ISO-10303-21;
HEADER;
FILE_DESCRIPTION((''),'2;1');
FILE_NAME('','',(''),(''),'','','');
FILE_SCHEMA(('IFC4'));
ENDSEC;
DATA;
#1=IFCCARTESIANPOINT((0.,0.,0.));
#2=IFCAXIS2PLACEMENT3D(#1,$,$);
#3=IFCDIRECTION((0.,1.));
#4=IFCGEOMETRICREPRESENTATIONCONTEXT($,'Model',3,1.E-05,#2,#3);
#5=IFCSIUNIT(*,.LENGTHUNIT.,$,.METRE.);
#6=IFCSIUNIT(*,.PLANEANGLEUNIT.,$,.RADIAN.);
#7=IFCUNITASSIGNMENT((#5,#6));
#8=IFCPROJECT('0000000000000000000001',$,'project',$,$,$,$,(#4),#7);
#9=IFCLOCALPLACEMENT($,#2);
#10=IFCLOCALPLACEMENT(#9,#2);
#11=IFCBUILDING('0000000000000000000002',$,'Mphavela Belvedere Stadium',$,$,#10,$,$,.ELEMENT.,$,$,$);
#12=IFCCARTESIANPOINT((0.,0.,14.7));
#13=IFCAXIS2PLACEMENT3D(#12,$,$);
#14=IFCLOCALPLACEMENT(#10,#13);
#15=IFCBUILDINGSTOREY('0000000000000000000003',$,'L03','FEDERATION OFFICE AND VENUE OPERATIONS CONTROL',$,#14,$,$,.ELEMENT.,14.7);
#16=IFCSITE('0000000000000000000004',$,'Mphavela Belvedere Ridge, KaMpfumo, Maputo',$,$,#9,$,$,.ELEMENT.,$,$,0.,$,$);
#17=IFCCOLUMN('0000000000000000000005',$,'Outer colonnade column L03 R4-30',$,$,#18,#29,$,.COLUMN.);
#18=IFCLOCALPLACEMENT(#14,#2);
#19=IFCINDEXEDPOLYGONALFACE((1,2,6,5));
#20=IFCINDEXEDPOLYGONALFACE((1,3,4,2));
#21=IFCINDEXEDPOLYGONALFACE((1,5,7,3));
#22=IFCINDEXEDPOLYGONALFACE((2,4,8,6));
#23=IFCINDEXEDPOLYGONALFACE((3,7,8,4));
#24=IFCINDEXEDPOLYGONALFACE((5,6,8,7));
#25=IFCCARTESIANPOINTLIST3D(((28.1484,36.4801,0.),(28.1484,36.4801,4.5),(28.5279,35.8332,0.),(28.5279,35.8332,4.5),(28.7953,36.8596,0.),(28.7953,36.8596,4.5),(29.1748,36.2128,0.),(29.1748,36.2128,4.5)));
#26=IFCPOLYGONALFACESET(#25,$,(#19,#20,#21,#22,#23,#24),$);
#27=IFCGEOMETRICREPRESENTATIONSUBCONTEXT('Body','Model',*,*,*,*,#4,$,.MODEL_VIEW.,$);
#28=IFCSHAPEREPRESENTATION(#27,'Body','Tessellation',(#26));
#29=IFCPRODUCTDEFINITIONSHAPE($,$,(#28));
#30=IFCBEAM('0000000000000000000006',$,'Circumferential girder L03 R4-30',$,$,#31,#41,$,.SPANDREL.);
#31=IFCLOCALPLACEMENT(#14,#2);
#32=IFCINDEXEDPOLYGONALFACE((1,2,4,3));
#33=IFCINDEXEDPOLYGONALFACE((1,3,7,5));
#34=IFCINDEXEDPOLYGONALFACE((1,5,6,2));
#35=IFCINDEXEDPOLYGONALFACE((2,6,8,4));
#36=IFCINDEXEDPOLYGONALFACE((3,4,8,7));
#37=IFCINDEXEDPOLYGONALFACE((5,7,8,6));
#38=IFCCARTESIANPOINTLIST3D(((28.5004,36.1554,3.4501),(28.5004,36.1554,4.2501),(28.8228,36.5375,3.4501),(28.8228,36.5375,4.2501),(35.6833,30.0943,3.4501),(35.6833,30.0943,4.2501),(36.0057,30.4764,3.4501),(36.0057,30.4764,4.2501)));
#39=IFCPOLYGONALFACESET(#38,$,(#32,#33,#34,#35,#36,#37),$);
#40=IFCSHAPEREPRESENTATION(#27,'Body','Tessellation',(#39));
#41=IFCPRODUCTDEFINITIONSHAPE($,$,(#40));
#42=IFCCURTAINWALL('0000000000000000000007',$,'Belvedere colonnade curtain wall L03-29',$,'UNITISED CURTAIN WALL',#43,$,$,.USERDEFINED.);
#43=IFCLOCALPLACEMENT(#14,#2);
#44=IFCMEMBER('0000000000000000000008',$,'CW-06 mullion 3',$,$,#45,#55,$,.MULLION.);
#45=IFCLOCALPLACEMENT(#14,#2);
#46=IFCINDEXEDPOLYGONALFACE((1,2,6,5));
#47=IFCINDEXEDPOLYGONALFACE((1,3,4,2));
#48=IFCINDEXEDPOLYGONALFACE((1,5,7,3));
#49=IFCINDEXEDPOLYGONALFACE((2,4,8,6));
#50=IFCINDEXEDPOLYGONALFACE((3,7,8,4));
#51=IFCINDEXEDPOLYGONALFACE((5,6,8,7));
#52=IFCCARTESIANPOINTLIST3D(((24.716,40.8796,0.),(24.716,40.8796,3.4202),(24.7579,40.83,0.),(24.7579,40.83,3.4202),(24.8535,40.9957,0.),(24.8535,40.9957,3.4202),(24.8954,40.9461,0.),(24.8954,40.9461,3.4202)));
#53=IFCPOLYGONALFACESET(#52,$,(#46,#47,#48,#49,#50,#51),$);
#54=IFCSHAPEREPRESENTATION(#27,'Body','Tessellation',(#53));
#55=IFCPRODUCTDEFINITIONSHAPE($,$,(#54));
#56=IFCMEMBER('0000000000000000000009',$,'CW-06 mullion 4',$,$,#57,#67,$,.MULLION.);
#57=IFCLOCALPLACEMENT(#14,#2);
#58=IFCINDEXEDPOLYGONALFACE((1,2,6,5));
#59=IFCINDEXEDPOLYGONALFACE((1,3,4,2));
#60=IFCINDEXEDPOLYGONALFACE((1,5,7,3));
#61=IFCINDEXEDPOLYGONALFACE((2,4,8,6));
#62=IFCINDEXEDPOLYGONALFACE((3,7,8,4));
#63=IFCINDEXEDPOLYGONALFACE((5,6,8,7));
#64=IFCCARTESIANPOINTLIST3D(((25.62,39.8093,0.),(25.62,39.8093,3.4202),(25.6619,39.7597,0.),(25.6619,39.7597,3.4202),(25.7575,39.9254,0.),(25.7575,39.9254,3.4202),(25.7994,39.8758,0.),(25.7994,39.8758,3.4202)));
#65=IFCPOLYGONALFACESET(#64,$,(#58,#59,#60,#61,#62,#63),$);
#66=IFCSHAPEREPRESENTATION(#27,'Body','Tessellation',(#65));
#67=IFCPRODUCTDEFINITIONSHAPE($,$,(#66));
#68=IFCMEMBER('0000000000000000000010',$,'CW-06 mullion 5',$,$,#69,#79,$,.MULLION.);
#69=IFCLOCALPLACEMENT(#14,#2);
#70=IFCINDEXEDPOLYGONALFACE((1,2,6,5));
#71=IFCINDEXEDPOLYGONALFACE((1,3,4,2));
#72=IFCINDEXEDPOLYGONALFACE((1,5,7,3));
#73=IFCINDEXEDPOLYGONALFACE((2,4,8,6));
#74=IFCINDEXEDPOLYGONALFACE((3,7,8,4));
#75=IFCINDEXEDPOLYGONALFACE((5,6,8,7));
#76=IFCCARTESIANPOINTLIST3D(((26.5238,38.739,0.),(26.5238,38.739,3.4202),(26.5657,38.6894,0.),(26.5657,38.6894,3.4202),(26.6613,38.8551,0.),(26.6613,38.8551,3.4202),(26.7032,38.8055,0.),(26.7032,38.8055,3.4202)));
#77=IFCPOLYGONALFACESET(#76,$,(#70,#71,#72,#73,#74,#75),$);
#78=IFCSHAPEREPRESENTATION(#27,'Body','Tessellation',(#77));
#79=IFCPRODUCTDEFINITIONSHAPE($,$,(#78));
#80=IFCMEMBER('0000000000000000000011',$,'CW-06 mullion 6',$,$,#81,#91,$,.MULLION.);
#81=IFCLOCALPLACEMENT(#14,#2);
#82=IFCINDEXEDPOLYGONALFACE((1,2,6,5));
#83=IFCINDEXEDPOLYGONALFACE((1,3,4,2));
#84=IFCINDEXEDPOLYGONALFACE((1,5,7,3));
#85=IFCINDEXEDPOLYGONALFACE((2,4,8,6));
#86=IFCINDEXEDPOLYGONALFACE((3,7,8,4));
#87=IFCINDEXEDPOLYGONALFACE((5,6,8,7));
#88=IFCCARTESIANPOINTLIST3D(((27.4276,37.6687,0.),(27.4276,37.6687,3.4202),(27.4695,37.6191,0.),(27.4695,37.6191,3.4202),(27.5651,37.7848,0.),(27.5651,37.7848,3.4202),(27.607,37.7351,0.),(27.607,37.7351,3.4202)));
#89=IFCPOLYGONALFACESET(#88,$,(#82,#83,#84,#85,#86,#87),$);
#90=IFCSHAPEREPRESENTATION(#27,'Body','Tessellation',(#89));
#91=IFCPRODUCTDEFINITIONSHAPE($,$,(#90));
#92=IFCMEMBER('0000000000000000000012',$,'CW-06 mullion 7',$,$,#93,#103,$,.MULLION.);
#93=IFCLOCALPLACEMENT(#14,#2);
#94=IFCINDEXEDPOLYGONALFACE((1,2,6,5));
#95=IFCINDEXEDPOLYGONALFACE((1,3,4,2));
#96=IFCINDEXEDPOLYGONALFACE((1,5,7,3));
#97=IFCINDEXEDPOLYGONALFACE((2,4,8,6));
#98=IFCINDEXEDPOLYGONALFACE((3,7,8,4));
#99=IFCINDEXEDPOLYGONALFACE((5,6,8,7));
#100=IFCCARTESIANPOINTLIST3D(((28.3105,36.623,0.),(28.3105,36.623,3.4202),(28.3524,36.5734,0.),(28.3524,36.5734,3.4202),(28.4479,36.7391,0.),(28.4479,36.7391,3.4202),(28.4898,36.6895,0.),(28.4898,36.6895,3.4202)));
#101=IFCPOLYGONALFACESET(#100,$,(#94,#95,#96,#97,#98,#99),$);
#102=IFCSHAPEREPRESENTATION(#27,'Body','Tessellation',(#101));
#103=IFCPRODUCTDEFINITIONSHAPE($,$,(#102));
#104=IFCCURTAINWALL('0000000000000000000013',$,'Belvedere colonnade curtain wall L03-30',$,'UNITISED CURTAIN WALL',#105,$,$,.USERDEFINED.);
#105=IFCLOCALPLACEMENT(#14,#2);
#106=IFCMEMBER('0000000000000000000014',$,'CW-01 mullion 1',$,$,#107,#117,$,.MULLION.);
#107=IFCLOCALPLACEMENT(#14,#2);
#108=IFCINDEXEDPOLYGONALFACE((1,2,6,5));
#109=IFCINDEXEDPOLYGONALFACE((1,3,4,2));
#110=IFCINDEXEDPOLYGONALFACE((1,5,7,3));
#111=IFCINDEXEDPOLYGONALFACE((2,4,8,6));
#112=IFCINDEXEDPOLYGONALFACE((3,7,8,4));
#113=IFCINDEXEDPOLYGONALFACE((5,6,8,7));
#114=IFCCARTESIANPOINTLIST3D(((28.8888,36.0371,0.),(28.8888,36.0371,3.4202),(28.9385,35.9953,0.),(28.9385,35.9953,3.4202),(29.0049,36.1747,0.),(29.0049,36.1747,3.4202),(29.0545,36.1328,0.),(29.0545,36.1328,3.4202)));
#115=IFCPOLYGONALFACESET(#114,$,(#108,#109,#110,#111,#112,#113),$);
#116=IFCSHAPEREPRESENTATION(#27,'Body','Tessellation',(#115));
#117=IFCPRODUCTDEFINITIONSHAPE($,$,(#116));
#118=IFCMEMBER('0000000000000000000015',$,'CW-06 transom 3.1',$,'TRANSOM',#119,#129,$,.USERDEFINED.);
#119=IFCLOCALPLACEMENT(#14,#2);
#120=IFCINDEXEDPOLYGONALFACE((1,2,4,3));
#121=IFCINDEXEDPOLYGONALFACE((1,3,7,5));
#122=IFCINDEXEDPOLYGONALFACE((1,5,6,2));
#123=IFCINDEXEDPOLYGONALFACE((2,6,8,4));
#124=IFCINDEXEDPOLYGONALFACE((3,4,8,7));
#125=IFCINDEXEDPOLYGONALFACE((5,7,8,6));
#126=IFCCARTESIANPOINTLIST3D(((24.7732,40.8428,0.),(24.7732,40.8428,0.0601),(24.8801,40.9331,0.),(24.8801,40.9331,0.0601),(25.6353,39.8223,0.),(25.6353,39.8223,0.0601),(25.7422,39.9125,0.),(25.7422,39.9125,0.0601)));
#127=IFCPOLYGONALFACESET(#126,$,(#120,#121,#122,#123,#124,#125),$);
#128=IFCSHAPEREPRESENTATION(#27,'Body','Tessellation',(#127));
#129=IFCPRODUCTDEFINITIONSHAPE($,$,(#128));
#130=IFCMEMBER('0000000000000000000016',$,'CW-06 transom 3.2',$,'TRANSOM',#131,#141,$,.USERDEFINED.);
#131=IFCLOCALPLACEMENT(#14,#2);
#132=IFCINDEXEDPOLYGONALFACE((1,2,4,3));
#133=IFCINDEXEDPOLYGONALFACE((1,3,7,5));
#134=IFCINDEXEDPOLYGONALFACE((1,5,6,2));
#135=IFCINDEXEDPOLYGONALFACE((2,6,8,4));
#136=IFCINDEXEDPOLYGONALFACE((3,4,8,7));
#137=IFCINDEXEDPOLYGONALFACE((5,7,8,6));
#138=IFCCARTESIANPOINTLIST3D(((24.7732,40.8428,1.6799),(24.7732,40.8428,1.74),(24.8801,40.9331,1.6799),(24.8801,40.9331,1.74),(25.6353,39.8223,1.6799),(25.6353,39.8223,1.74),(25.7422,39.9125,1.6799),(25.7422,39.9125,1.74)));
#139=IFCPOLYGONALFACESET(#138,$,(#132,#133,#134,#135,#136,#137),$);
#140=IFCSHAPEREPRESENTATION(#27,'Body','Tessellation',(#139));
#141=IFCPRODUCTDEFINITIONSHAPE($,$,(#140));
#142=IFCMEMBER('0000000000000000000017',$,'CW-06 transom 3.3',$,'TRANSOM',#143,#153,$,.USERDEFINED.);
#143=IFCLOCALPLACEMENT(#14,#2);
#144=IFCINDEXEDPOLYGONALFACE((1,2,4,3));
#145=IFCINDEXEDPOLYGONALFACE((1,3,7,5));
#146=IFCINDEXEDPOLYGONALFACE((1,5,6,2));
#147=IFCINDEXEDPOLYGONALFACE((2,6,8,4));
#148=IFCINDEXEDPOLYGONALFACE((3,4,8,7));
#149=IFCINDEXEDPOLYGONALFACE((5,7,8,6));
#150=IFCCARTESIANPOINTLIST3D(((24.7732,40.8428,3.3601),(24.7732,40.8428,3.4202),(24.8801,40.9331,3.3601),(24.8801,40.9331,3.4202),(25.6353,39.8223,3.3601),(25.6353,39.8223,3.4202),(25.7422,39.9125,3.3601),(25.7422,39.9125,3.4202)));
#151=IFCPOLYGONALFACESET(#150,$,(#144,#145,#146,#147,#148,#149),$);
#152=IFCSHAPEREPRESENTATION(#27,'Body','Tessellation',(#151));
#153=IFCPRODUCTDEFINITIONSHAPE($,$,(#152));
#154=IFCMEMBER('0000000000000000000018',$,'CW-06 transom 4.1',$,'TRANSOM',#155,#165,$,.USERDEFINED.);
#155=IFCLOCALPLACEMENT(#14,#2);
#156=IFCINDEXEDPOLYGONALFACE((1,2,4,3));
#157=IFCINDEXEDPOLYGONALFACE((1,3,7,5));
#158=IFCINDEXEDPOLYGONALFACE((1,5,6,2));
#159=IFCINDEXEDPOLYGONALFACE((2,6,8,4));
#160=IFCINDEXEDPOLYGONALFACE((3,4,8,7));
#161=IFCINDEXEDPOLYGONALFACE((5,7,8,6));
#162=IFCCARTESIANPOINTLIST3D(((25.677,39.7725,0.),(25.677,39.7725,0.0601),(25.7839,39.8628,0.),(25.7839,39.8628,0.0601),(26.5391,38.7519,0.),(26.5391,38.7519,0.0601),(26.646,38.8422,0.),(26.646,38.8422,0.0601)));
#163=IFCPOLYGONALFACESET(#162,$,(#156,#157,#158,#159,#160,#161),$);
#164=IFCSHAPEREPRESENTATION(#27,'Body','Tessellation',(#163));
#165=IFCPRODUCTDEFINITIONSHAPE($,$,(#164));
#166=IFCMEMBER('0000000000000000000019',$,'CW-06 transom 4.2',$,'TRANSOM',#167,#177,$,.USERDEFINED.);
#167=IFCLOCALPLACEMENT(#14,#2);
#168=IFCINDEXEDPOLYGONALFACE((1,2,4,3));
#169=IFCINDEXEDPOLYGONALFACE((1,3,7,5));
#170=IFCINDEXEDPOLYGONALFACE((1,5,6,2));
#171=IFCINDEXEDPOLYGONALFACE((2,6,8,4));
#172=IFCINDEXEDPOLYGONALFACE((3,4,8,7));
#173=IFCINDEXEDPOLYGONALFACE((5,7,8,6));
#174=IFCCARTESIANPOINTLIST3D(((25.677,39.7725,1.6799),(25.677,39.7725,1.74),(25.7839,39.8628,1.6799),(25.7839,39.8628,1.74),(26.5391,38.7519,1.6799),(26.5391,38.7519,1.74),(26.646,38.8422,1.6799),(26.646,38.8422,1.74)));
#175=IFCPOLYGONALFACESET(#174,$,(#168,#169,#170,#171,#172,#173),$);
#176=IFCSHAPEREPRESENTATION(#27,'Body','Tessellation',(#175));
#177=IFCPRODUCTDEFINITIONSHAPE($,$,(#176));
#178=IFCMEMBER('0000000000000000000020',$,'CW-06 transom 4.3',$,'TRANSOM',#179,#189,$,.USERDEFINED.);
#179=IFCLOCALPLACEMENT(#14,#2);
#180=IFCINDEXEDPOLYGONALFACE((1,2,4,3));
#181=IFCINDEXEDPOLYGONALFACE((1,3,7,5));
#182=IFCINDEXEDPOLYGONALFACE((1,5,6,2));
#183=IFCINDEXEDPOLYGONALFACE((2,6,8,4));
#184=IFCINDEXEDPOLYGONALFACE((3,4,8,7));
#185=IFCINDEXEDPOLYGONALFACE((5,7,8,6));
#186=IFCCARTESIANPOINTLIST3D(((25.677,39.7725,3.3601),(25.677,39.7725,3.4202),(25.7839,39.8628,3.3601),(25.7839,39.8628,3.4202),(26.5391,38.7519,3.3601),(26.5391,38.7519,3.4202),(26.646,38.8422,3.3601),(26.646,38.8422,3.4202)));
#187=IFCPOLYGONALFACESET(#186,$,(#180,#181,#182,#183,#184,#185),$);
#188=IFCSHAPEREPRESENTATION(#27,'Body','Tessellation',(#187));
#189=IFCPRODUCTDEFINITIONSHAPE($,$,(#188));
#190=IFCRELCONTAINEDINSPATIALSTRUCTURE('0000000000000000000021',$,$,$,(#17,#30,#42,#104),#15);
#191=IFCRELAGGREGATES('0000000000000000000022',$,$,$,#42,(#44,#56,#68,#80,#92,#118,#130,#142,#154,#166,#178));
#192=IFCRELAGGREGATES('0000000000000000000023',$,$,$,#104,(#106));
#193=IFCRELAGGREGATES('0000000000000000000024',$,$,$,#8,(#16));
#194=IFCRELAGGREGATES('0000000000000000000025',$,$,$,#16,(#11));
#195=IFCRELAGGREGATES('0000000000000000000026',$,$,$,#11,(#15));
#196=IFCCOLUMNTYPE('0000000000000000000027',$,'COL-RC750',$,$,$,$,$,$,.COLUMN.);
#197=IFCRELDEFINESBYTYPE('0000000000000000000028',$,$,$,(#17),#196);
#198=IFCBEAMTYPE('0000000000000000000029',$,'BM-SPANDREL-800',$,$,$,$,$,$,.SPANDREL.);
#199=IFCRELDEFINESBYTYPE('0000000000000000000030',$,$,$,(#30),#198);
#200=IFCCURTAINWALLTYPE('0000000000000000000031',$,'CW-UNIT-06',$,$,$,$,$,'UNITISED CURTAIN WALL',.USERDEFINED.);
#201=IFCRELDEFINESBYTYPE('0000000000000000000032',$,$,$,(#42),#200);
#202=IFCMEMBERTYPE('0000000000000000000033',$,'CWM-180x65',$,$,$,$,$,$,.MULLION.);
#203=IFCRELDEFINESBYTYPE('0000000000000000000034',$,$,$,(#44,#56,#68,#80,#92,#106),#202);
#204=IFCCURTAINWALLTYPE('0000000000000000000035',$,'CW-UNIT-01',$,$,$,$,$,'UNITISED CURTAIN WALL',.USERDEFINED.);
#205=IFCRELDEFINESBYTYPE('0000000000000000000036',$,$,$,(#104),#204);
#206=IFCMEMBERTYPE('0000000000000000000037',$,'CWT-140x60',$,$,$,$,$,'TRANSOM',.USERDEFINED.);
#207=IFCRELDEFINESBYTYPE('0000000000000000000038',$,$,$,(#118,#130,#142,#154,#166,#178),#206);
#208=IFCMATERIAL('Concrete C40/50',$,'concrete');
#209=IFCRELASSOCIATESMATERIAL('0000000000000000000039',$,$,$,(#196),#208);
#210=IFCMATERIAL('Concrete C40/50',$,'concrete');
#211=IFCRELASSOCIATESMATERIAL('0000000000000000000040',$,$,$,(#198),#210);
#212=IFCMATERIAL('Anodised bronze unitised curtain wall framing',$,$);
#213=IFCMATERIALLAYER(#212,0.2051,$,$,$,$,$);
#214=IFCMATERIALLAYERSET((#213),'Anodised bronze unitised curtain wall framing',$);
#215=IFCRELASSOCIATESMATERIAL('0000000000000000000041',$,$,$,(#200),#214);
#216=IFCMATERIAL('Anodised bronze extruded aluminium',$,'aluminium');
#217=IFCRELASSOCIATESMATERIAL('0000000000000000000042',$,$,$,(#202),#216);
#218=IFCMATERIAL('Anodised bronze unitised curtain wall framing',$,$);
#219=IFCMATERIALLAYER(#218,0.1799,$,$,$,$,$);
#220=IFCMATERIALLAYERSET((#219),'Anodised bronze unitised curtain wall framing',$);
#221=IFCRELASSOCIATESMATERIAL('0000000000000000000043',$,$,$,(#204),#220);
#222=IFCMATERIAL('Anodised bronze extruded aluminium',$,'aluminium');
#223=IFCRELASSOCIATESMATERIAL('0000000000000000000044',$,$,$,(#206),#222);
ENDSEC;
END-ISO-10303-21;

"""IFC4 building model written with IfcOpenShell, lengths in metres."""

from ifc_helpers import new_model, si_unit, direction, frame, origin, origin_2d, place, context, subcontext, project, spatial, rectangle, extrude, material, layer, layer_set, material_profile, profile_set, type_object, element, aggregate, save


model = new_model("IFC4")

# Units and contexts
model_context = context("Model", 3, precision=1e-05, world=origin(), true_north=direction((0.0, 1.0)))
body_context = subcontext(model_context, "Body", "Model", "MODEL_VIEW")
ifc_project = project(units=[si_unit("LENGTHUNIT", "METRE"), si_unit("PLANEANGLEUNIT", "RADIAN")], contexts=[model_context])

# Site, building, storey
site_placement = place(None, origin())
site = spatial("IfcSite", under=ifc_project, at=site_placement, Name="Mphavela Belvedere Ridge, KaMpfumo, Maputo", CompositionType="ELEMENT", RefElevation=0.0)
building_placement = place(site_placement, origin())
building = spatial("IfcBuilding", under=site, at=building_placement, Name="Mphavela Belvedere Stadium", CompositionType="ELEMENT")
storey_placement = place(building_placement, frame((0.0, 0.0, 14.7)))
storey = spatial("IfcBuildingStorey", under=building, at=storey_placement, Name="L03", Description="FEDERATION OFFICE AND VENUE OPERATIONS CONTROL", CompositionType="ELEMENT", Elevation=14.7)

# Column
ifc_material_1 = material(Name="Concrete C40/50", Category="concrete")
ifc_material_profile_1 = material_profile(ifc_material_1, rectangle(XDim=0.75, YDim=0.75, at=origin_2d()), Name="RC 750x750")
ifc_profile_set_1 = profile_set([ifc_material_profile_1], Name="Concrete C40/50")
column_type = type_object("IfcColumnType", Name="COL-RC750", PredefinedType="COLUMN", material=ifc_profile_set_1)
column_placement = place(storey_placement, frame((28.6616, 36.3464, 0.0), z_axis=(0.0, 0.0, 1.0), x_axis=(-0.862514, -0.506034, 0.0)))
element("IfcColumn", 1, at=column_placement, inside=storey, type_object=column_type, Name="Outer colonnade column L03 R4-30", PredefinedType="COLUMN", context=body_context, shape_type="SweptSolid", body=[
    extrude(rectangle(XDim=0.75, YDim=0.75, at=origin_2d()), origin(), (0.0, 0.0, 1.0), 4.5),
])

# Beam
ifc_material_2 = material(Name="Concrete C40/50", Category="concrete")
ifc_material_profile_2 = material_profile(ifc_material_2, rectangle(XDim=0.5, YDim=0.8, at=origin_2d()), Name="RC 500x800")
ifc_profile_set_2 = profile_set([ifc_material_profile_2], Name="Concrete C40/50")
beam_type = type_object("IfcBeamType", Name="BM-SPANDREL-800", PredefinedType="SPANDREL", material=ifc_profile_set_2)
beam_placement = place(storey_placement, frame((28.6616, 36.3464, 3.8501), z_axis=(0.764265, -0.644902, 0.0), x_axis=(0.644902, 0.764265, 0.0)))
element("IfcBeam", 2, at=beam_placement, inside=storey, type_object=beam_type, Name="Circumferential girder L03 R4-30", PredefinedType="SPANDREL", context=body_context, shape_type="SweptSolid", body=[
    extrude(rectangle(XDim=0.5, YDim=0.8, at=origin_2d()), origin(), (0.0, 0.0, 1.0), 9.3984),
])

# Curtain wall, members
ifc_material_3 = material(Name="Anodised bronze unitised curtain wall framing")
ifc_layer_1 = layer(ifc_material_3, 0.2051)
ifc_layer_set_1 = layer_set([ifc_layer_1], Name="Anodised bronze unitised curtain wall framing")
curtain_wall_type_1 = type_object("IfcCurtainWallType", Name="CW-UNIT-06", ElementType="UNITISED CURTAIN WALL", PredefinedType="USERDEFINED", material=ifc_layer_set_1)
curtain_wall_1_placement = place(storey_placement, origin())
curtain_wall_1 = element("IfcCurtainWall", 3, at=curtain_wall_1_placement, inside=storey, type_object=curtain_wall_type_1, Name="Belvedere colonnade curtain wall L03-29", ObjectType="UNITISED CURTAIN WALL", PredefinedType="USERDEFINED")
ifc_material_4 = material(Name="Anodised bronze extruded aluminium", Category="aluminium")
ifc_material_profile_3 = material_profile(ifc_material_4, rectangle(XDim=0.1799, YDim=0.0649, at=origin_2d()), Name="CW-MUL 180x65")
ifc_profile_set_3 = profile_set([ifc_material_profile_3], Name="Anodised bronze extruded aluminium")
member_type_1 = type_object("IfcMemberType", Name="CWM-180x65", PredefinedType="MULLION", material=ifc_profile_set_3)
member_1_placement = place(storey_placement, frame((24.8057, 40.9128, 0.0), z_axis=(0.0, 0.0, 1.0), x_axis=(0.764031, 0.645179, 0.0)))
member_1 = element("IfcMember", 4, at=member_1_placement, type_object=member_type_1, Name="CW-06 mullion 3", PredefinedType="MULLION", context=body_context, shape_type="SweptSolid", body=[
    extrude(rectangle(XDim=0.1799, YDim=0.0649, at=origin_2d()), origin(), (0.0, 0.0, 1.0), 3.4202),
])
member_2_placement = place(storey_placement, frame((25.7097, 39.8425, 0.0), z_axis=(0.0, 0.0, 1.0), x_axis=(0.764031, 0.645179, 0.0)))
member_2 = element("IfcMember", 5, at=member_2_placement, type_object=member_type_1, Name="CW-06 mullion 4", PredefinedType="MULLION", context=body_context, shape_type="SweptSolid", body=[
    extrude(rectangle(XDim=0.1799, YDim=0.0649, at=origin_2d()), origin(), (0.0, 0.0, 1.0), 3.4202),
])
member_3_placement = place(storey_placement, frame((26.6135, 38.7722, 0.0), z_axis=(0.0, 0.0, 1.0), x_axis=(0.764031, 0.645179, 0.0)))
member_3 = element("IfcMember", 6, at=member_3_placement, type_object=member_type_1, Name="CW-06 mullion 5", PredefinedType="MULLION", context=body_context, shape_type="SweptSolid", body=[
    extrude(rectangle(XDim=0.1799, YDim=0.0649, at=origin_2d()), origin(), (0.0, 0.0, 1.0), 3.4202),
])
member_4_placement = place(storey_placement, frame((27.5173, 37.7019, 0.0), z_axis=(0.0, 0.0, 1.0), x_axis=(0.764031, 0.645179, 0.0)))
member_4 = element("IfcMember", 7, at=member_4_placement, type_object=member_type_1, Name="CW-06 mullion 6", PredefinedType="MULLION", context=body_context, shape_type="SweptSolid", body=[
    extrude(rectangle(XDim=0.1799, YDim=0.0649, at=origin_2d()), origin(), (0.0, 0.0, 1.0), 3.4202),
])
member_5_placement = place(storey_placement, frame((28.4001, 36.6562, 0.0), z_axis=(0.0, 0.0, 1.0), x_axis=(0.764031, 0.645179, 0.0)))
member_5 = element("IfcMember", 8, at=member_5_placement, type_object=member_type_1, Name="CW-06 mullion 7", PredefinedType="MULLION", context=body_context, shape_type="SweptSolid", body=[
    extrude(rectangle(XDim=0.1799, YDim=0.0649, at=origin_2d()), origin(), (0.0, 0.0, 1.0), 3.4202),
])

# Curtain wall, member
ifc_material_5 = material(Name="Anodised bronze unitised curtain wall framing")
ifc_layer_2 = layer(ifc_material_5, 0.1799)
ifc_layer_set_2 = layer_set([ifc_layer_2], Name="Anodised bronze unitised curtain wall framing")
curtain_wall_type_2 = type_object("IfcCurtainWallType", Name="CW-UNIT-01", ElementType="UNITISED CURTAIN WALL", PredefinedType="USERDEFINED", material=ifc_layer_set_2)
curtain_wall_2_placement = place(storey_placement, origin())
curtain_wall_2 = element("IfcCurtainWall", 9, at=curtain_wall_2_placement, inside=storey, type_object=curtain_wall_type_2, Name="Belvedere colonnade curtain wall L03-30", ObjectType="UNITISED CURTAIN WALL", PredefinedType="USERDEFINED")
member_6_placement = place(storey_placement, frame((28.9717, 36.085, 0.0), z_axis=(0.0, 0.0, 1.0), x_axis=(0.644905, 0.764263, 0.0)))
member_6 = element("IfcMember", 10, at=member_6_placement, type_object=member_type_1, Name="CW-01 mullion 1", PredefinedType="MULLION", context=body_context, shape_type="SweptSolid", body=[
    extrude(rectangle(XDim=0.1799, YDim=0.0649, at=origin_2d()), origin(), (0.0, 0.0, 1.0), 3.4202),
])

# Members
ifc_material_6 = material(Name="Anodised bronze extruded aluminium", Category="aluminium")
ifc_material_profile_4 = material_profile(ifc_material_6, rectangle(XDim=0.1399, YDim=0.0601, at=origin_2d()), Name="CW-TRN 140x60")
ifc_profile_set_4 = profile_set([ifc_material_profile_4], Name="Anodised bronze extruded aluminium")
member_type_2 = type_object("IfcMemberType", Name="CWT-140x60", ElementType="TRANSOM", PredefinedType="USERDEFINED", material=ifc_profile_set_4)
member_7_placement = place(storey_placement, frame((24.8267, 40.8879, 0.03), z_axis=(0.645311, -0.76392, 0.0), x_axis=(0.76392, 0.645311, 0.0)))
member_7 = element("IfcMember", 11, at=member_7_placement, type_object=member_type_2, Name="CW-06 transom 3.1", ObjectType="TRANSOM", PredefinedType="USERDEFINED", context=body_context, shape_type="SweptSolid", body=[
    extrude(rectangle(XDim=0.1399, YDim=0.0601, at=origin_2d()), origin(), (0.0, 0.0, 1.0), 1.3359),
])
member_8_placement = place(storey_placement, frame((24.8267, 40.8879, 1.71), z_axis=(0.645311, -0.76392, 0.0), x_axis=(0.76392, 0.645311, 0.0)))
member_8 = element("IfcMember", 12, at=member_8_placement, type_object=member_type_2, Name="CW-06 transom 3.2", ObjectType="TRANSOM", PredefinedType="USERDEFINED", context=body_context, shape_type="SweptSolid", body=[
    extrude(rectangle(XDim=0.1399, YDim=0.0601, at=origin_2d()), origin(), (0.0, 0.0, 1.0), 1.3359),
])
member_9_placement = place(storey_placement, frame((24.8267, 40.8879, 3.3901), z_axis=(0.645311, -0.76392, 0.0), x_axis=(0.76392, 0.645311, 0.0)))
member_9 = element("IfcMember", 13, at=member_9_placement, type_object=member_type_2, Name="CW-06 transom 3.3", ObjectType="TRANSOM", PredefinedType="USERDEFINED", context=body_context, shape_type="SweptSolid", body=[
    extrude(rectangle(XDim=0.1399, YDim=0.0601, at=origin_2d()), origin(), (0.0, 0.0, 1.0), 1.3359),
])
member_10_placement = place(storey_placement, frame((25.7305, 39.8176, 0.03), z_axis=(0.645311, -0.76392, 0.0), x_axis=(0.76392, 0.645311, 0.0)))
member_10 = element("IfcMember", 14, at=member_10_placement, type_object=member_type_2, Name="CW-06 transom 4.1", ObjectType="TRANSOM", PredefinedType="USERDEFINED", context=body_context, shape_type="SweptSolid", body=[
    extrude(rectangle(XDim=0.1399, YDim=0.0601, at=origin_2d()), origin(), (0.0, 0.0, 1.0), 1.3359),
])
member_11_placement = place(storey_placement, frame((25.7305, 39.8176, 1.71), z_axis=(0.645311, -0.76392, 0.0), x_axis=(0.76392, 0.645311, 0.0)))
member_11 = element("IfcMember", 15, at=member_11_placement, type_object=member_type_2, Name="CW-06 transom 4.2", ObjectType="TRANSOM", PredefinedType="USERDEFINED", context=body_context, shape_type="SweptSolid", body=[
    extrude(rectangle(XDim=0.1399, YDim=0.0601, at=origin_2d()), origin(), (0.0, 0.0, 1.0), 1.3359),
])
member_12_placement = place(storey_placement, frame((25.7305, 39.8176, 3.3901), z_axis=(0.645311, -0.76392, 0.0), x_axis=(0.76392, 0.645311, 0.0)))
member_12 = element("IfcMember", 16, at=member_12_placement, type_object=member_type_2, Name="CW-06 transom 4.3", ObjectType="TRANSOM", PredefinedType="USERDEFINED", context=body_context, shape_type="SweptSolid", body=[
    extrude(rectangle(XDim=0.1399, YDim=0.0601, at=origin_2d()), origin(), (0.0, 0.0, 1.0), 1.3359),
])

aggregate(curtain_wall_1, [member_1, member_2, member_3, member_4, member_5, member_7, member_8, member_9, member_10, member_11, member_12])
aggregate(curtain_wall_2, [member_6])

save(model, "model.ifc")
